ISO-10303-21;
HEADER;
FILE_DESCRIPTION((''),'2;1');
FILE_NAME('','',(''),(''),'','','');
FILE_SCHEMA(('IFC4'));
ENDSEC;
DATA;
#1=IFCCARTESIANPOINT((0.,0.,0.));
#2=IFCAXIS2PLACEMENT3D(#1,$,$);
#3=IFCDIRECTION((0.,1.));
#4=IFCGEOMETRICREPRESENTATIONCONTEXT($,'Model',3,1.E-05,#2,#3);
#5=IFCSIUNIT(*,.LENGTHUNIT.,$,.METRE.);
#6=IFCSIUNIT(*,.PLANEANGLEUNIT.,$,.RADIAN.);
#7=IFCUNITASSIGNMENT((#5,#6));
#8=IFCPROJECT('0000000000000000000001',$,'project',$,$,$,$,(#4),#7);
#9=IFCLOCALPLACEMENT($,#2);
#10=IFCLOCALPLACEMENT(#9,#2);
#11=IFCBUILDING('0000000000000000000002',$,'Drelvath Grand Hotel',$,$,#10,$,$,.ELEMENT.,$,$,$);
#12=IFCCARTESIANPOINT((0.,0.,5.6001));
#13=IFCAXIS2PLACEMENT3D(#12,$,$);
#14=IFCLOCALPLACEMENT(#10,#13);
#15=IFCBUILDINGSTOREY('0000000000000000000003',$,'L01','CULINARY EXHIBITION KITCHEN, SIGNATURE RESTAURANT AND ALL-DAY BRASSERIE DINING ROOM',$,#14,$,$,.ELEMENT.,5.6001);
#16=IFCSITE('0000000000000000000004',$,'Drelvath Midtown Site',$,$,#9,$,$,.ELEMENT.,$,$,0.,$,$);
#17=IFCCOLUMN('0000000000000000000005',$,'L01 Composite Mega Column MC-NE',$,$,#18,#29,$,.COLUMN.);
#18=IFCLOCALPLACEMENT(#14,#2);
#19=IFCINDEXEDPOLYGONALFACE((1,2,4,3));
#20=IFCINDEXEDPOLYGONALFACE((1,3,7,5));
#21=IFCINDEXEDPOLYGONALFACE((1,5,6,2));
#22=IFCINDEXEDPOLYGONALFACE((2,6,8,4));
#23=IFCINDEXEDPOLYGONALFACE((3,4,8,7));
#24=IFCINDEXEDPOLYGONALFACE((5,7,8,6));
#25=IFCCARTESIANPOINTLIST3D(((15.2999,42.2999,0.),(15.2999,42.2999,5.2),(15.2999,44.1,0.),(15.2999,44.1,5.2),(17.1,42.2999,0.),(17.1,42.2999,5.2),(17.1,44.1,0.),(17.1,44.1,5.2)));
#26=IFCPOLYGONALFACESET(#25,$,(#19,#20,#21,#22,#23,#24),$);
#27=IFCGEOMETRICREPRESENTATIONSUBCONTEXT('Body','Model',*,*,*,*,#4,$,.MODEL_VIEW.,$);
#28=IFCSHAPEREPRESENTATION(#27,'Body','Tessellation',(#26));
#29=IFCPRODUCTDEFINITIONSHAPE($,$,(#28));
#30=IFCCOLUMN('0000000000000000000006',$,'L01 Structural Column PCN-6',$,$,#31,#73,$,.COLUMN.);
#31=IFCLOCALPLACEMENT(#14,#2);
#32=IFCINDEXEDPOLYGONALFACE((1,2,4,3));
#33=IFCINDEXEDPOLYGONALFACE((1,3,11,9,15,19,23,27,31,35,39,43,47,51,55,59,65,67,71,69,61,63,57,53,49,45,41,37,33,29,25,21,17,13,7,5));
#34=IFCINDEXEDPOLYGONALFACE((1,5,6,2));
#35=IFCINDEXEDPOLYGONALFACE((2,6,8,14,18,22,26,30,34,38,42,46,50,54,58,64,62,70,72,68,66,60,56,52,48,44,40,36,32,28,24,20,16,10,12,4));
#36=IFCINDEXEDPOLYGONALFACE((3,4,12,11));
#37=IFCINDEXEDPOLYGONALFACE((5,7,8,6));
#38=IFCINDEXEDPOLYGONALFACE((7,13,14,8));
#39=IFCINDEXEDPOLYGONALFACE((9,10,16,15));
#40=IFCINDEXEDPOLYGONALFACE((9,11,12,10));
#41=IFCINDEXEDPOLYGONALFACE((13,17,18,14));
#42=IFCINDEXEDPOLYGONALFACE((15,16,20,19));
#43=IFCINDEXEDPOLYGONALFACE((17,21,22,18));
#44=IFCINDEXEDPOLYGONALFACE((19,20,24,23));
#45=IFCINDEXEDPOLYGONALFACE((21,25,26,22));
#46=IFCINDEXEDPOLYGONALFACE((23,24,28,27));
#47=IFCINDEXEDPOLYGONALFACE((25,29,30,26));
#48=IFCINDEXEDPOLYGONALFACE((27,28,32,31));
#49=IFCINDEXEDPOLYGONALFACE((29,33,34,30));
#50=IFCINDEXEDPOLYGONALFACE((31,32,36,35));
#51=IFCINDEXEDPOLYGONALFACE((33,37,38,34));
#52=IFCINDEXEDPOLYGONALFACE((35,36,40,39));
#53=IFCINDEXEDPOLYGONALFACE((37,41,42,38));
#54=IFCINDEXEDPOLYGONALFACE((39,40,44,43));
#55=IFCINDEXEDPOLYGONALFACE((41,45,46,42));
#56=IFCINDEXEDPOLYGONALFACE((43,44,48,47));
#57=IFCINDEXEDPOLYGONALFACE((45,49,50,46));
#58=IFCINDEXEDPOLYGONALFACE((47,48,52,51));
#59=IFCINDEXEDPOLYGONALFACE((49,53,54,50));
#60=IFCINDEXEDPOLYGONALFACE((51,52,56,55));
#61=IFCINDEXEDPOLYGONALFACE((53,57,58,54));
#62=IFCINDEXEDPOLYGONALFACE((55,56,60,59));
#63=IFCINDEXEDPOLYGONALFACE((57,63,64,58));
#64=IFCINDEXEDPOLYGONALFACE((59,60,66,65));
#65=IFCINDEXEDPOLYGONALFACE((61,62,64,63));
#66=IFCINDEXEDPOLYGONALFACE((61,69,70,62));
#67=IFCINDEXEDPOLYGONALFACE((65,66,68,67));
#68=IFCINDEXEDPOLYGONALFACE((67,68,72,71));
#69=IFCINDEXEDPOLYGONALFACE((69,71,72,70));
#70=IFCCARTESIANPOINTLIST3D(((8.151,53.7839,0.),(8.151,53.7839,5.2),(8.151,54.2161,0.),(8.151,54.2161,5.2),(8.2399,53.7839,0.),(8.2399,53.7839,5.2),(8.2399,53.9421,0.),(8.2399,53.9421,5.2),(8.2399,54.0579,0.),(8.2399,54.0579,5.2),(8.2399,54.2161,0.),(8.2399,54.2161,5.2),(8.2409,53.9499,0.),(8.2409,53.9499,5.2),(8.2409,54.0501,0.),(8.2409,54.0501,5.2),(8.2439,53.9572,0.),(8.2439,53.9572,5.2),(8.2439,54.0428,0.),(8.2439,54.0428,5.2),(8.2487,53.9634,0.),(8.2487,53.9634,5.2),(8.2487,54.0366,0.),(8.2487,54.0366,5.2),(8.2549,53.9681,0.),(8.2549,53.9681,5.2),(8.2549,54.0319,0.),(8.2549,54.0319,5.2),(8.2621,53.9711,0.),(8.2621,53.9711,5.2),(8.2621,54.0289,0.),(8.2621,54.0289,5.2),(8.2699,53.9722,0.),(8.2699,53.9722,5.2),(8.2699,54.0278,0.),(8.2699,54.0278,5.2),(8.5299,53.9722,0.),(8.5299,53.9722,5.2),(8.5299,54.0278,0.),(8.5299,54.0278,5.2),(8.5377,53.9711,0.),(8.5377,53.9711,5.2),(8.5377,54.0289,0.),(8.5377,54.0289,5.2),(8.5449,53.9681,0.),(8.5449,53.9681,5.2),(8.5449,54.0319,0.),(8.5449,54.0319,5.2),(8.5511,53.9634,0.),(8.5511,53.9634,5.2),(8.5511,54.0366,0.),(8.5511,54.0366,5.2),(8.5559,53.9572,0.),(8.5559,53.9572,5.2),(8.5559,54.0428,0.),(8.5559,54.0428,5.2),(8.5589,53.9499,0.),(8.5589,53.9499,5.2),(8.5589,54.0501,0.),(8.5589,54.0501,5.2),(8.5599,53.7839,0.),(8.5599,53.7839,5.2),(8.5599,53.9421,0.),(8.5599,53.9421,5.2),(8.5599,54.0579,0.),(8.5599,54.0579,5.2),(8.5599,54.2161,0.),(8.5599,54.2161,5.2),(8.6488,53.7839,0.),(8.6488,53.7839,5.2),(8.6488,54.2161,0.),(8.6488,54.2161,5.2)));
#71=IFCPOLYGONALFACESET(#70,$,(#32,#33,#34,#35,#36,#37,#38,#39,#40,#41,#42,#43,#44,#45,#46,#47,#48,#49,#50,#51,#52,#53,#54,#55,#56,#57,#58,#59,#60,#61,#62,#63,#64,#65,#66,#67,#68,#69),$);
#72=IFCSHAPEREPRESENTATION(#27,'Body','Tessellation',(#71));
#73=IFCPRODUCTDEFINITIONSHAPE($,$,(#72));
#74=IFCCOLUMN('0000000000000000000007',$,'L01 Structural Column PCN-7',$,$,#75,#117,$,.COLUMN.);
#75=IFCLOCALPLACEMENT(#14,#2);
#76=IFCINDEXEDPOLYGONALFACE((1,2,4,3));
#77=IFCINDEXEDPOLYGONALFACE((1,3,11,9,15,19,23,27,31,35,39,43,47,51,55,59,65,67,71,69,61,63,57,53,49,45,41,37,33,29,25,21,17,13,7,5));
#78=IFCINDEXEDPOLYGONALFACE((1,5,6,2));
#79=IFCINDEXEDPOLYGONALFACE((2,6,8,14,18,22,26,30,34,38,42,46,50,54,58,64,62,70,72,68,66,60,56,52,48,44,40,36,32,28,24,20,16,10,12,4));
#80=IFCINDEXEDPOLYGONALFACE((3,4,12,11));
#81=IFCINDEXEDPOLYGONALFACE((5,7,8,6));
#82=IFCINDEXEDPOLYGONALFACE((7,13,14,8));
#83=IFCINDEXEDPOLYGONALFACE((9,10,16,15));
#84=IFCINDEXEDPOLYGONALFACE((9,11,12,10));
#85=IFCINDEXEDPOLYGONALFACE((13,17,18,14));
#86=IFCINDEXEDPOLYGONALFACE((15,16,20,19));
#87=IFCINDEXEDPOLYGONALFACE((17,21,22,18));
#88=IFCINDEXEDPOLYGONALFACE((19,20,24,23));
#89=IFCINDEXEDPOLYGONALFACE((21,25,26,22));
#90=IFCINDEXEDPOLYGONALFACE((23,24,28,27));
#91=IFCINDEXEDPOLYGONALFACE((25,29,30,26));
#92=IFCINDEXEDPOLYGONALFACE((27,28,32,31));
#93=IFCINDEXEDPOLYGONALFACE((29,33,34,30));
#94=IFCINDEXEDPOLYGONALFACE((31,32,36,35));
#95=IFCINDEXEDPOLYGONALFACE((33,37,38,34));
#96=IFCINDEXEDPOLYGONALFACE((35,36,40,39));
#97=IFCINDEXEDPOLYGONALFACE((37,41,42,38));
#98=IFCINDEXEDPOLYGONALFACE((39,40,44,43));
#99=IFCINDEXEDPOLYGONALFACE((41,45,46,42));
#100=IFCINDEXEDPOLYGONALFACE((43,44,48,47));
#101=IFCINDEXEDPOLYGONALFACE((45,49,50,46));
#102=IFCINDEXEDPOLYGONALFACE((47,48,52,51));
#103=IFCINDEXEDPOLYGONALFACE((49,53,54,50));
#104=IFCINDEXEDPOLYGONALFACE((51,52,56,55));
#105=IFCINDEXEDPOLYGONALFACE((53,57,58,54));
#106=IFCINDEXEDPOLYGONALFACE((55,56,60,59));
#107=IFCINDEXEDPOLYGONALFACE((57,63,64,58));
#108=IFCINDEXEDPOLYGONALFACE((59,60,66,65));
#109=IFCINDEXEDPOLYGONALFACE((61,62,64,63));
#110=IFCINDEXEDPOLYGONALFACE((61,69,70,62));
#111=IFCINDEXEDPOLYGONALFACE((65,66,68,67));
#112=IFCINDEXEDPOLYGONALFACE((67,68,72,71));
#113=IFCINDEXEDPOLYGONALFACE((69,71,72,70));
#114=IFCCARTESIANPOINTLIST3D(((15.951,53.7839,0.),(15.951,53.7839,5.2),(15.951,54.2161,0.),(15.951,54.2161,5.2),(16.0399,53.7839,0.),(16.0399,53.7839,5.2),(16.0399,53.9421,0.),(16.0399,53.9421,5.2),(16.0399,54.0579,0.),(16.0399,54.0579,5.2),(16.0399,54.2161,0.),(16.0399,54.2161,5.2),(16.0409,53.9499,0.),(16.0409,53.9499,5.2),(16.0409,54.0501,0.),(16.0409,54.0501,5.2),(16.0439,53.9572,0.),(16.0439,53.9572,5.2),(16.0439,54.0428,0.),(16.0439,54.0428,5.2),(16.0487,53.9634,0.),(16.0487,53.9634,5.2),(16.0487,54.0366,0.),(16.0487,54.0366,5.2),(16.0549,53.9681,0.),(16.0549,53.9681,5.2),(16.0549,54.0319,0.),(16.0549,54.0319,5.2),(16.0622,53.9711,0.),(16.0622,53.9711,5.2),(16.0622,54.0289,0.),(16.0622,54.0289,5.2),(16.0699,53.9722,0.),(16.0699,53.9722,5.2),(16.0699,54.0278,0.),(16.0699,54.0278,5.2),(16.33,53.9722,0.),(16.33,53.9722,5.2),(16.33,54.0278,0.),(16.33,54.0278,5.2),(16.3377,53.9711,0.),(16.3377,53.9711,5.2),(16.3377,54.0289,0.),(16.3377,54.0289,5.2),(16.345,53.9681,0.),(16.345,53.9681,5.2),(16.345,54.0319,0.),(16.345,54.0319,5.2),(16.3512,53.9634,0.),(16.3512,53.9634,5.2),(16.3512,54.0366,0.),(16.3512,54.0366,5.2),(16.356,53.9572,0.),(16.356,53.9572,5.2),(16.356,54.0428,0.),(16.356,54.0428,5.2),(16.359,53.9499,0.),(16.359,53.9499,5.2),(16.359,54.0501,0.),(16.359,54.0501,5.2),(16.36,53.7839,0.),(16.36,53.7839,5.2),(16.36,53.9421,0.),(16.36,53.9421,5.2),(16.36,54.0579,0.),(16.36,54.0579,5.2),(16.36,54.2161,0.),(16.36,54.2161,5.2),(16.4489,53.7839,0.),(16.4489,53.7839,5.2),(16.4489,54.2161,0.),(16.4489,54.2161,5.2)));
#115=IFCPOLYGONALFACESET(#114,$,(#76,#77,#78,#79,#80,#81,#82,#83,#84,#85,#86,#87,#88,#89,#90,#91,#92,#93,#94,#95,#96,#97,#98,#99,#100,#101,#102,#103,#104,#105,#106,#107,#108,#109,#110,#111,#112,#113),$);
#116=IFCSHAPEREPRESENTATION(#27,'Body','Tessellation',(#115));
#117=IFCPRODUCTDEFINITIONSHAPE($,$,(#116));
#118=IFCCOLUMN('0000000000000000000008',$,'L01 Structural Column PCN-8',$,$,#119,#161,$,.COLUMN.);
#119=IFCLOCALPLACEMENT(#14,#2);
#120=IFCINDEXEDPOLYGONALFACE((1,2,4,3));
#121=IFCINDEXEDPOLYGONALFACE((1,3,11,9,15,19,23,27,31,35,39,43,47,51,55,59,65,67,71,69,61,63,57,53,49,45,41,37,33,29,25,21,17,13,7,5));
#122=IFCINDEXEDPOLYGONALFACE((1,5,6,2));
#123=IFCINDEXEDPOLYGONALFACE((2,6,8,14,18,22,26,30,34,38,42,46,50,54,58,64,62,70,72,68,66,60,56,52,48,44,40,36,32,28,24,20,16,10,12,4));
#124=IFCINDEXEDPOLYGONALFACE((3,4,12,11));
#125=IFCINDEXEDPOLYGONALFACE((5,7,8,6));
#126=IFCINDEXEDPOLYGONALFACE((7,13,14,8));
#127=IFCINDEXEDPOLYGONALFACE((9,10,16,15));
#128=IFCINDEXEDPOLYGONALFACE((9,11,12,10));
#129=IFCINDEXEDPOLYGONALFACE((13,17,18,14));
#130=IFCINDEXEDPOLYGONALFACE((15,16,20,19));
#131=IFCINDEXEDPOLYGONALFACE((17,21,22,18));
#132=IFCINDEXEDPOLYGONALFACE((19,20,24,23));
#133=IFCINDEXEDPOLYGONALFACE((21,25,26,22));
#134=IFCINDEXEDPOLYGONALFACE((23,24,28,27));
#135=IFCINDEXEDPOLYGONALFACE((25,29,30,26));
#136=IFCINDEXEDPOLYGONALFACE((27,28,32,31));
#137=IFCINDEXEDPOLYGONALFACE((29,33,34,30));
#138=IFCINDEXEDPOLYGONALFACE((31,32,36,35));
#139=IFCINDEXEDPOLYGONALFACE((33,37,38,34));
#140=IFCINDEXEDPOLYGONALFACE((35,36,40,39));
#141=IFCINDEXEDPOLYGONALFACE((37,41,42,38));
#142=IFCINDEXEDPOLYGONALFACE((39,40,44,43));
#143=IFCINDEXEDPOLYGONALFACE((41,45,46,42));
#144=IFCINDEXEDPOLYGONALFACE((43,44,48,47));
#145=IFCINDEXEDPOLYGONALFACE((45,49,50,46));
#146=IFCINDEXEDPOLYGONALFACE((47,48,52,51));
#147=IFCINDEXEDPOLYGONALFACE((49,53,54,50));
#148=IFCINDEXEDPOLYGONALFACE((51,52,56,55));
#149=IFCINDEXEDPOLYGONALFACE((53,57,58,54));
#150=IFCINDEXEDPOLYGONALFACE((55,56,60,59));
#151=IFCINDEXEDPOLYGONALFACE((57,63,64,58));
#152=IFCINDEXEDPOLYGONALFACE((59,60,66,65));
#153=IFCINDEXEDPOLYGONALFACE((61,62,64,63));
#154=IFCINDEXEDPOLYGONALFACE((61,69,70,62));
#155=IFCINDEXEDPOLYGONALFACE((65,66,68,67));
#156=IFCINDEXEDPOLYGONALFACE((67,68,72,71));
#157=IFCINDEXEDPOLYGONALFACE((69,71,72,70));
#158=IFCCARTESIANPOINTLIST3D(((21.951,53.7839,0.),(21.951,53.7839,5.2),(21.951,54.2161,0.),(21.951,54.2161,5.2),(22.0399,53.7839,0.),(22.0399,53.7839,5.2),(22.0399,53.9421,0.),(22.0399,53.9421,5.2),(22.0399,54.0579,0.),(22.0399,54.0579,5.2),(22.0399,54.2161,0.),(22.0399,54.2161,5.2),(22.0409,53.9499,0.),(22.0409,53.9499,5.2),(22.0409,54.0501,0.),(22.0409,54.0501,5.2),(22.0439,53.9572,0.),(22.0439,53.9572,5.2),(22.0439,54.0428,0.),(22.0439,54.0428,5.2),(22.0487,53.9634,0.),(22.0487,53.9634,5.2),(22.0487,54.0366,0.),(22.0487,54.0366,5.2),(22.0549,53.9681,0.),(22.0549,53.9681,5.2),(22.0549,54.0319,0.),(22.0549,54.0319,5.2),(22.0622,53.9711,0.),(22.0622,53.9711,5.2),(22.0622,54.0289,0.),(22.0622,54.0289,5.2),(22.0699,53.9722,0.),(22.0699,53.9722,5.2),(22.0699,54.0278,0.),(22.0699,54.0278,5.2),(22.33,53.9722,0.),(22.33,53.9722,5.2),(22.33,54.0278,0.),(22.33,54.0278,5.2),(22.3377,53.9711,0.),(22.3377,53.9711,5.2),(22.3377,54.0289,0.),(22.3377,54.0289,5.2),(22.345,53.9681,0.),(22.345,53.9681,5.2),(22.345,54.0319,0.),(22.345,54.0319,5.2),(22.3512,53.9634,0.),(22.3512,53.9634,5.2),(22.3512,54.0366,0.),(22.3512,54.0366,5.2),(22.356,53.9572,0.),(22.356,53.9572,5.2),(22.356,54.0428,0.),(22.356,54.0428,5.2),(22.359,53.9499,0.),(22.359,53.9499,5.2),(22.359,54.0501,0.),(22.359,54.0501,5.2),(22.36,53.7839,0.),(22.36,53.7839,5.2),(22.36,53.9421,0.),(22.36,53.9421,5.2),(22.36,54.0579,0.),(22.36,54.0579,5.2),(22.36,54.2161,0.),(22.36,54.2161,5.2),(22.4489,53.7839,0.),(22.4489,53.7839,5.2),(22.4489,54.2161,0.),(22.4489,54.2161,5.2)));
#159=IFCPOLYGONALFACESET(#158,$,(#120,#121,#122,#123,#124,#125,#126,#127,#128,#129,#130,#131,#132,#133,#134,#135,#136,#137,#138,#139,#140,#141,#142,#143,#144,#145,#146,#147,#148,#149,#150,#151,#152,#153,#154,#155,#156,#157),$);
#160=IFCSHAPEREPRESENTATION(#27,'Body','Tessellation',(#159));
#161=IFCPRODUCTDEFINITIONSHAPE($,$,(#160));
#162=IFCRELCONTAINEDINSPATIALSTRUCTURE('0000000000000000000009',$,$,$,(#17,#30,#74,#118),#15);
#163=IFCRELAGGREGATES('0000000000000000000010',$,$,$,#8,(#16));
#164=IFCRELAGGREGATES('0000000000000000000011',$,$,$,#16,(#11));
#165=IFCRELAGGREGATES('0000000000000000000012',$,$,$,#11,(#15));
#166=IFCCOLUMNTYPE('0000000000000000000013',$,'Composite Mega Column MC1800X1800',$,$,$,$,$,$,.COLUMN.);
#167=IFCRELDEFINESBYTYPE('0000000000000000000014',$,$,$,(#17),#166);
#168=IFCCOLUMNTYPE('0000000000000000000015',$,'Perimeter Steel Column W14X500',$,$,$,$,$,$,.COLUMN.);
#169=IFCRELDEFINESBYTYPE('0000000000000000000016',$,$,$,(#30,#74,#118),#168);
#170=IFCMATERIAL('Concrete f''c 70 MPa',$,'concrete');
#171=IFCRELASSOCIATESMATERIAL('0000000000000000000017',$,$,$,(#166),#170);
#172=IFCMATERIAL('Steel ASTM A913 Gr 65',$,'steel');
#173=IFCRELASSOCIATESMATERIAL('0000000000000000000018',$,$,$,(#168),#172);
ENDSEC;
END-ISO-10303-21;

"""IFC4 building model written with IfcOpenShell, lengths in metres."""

from ifc_helpers import new_model, si_unit, direction, frame, origin, origin_2d, place, context, subcontext, project, spatial, rectangle, i_section, extrude, material, material_profile, profile_set, type_object, element, save


model = new_model("IFC4")

# Units and contexts
model_context = context("Model", 3, precision=1e-05, world=origin(), true_north=direction((0.0, 1.0)))
body_context = subcontext(model_context, "Body", "Model", "MODEL_VIEW")
ifc_project = project(units=[si_unit("LENGTHUNIT", "METRE"), si_unit("PLANEANGLEUNIT", "RADIAN")], contexts=[model_context])

# Site, building, storey
site_placement = place(None, origin())
site = spatial("IfcSite", under=ifc_project, at=site_placement, Name="Drelvath Midtown Site", CompositionType="ELEMENT", RefElevation=0.0)
building_placement = place(site_placement, origin())
building = spatial("IfcBuilding", under=site, at=building_placement, Name="Drelvath Grand Hotel", CompositionType="ELEMENT")
storey_placement = place(building_placement, frame((0.0, 0.0, 5.6001)))
storey = spatial("IfcBuildingStorey", under=building, at=storey_placement, Name="L01", Description="CULINARY EXHIBITION KITCHEN, SIGNATURE RESTAURANT AND ALL-DAY BRASSERIE DINING ROOM", CompositionType="ELEMENT", Elevation=5.6001)

# Columns
ifc_material_1 = material(Name="Concrete f'c 70 MPa", Category="concrete")
ifc_material_profile_1 = material_profile(ifc_material_1, rectangle(XDim=1.8, YDim=1.8, at=origin_2d()), Name="MC1800X1800")
ifc_profile_set_1 = profile_set([ifc_material_profile_1], Name="Concrete f'c 70 MPa")
column_type_1 = type_object("IfcColumnType", Name="Composite Mega Column MC1800X1800", PredefinedType="COLUMN", material=ifc_profile_set_1)
column_placement = place(storey_placement, frame((16.2, 43.2, 0.0), z_axis=(0.0, 0.0, 1.0), x_axis=(1.0, 0.0, 0.0)))
element("IfcColumn", 1, at=column_placement, inside=storey, type_object=column_type_1, Name="L01 Composite Mega Column MC-NE", PredefinedType="COLUMN", context=body_context, shape_type="SweptSolid", body=[
    extrude(rectangle(XDim=1.8, YDim=1.8, at=origin_2d()), origin(), (0.0, 0.0, 1.0), 5.2),
])
ifc_material_2 = material(Name="Steel ASTM A913 Gr 65", Category="steel")
ifc_material_profile_2 = material_profile(ifc_material_2, i_section(OverallWidth=0.4321, OverallDepth=0.4978, WebThickness=0.0557, FlangeThickness=0.0889, FilletRadius=0.03, at=origin_2d()), Name="W14X500")
ifc_profile_set_2 = profile_set([ifc_material_profile_2], Name="Steel ASTM A913 Gr 65")
column_type_2 = type_object("IfcColumnType", Name="Perimeter Steel Column W14X500", PredefinedType="COLUMN", material=ifc_profile_set_2)
for number, where, z_axis, x_axis, name in (
    (2, (8.3999, 54.0, 0.0), (0.0, 0.0, 1.0), (0.0, 1.0, 0.0), "L01 Structural Column PCN-6"),
    (3, (16.2, 54.0, 0.0), (0.0, 0.0, 1.0), (0.0, 1.0, 0.0), "L01 Structural Column PCN-7"),
    (4, (22.2, 54.0, 0.0), (0.0, 0.0, 1.0), (0.0, 1.0, 0.0), "L01 Structural Column PCN-8"),
):
    element("IfcColumn", number, at=place(storey_placement, frame(where, z_axis=z_axis, x_axis=x_axis)), inside=storey, type_object=column_type_2, Name=name, PredefinedType="COLUMN", context=body_context, shape_type="SweptSolid", body=[
        extrude(i_section(OverallWidth=0.4321, OverallDepth=0.4978, WebThickness=0.0557, FlangeThickness=0.0889, FilletRadius=0.03, at=origin_2d()), origin(), (0.0, 0.0, 1.0), 5.2),
    ])

save(model, "model.ifc")
